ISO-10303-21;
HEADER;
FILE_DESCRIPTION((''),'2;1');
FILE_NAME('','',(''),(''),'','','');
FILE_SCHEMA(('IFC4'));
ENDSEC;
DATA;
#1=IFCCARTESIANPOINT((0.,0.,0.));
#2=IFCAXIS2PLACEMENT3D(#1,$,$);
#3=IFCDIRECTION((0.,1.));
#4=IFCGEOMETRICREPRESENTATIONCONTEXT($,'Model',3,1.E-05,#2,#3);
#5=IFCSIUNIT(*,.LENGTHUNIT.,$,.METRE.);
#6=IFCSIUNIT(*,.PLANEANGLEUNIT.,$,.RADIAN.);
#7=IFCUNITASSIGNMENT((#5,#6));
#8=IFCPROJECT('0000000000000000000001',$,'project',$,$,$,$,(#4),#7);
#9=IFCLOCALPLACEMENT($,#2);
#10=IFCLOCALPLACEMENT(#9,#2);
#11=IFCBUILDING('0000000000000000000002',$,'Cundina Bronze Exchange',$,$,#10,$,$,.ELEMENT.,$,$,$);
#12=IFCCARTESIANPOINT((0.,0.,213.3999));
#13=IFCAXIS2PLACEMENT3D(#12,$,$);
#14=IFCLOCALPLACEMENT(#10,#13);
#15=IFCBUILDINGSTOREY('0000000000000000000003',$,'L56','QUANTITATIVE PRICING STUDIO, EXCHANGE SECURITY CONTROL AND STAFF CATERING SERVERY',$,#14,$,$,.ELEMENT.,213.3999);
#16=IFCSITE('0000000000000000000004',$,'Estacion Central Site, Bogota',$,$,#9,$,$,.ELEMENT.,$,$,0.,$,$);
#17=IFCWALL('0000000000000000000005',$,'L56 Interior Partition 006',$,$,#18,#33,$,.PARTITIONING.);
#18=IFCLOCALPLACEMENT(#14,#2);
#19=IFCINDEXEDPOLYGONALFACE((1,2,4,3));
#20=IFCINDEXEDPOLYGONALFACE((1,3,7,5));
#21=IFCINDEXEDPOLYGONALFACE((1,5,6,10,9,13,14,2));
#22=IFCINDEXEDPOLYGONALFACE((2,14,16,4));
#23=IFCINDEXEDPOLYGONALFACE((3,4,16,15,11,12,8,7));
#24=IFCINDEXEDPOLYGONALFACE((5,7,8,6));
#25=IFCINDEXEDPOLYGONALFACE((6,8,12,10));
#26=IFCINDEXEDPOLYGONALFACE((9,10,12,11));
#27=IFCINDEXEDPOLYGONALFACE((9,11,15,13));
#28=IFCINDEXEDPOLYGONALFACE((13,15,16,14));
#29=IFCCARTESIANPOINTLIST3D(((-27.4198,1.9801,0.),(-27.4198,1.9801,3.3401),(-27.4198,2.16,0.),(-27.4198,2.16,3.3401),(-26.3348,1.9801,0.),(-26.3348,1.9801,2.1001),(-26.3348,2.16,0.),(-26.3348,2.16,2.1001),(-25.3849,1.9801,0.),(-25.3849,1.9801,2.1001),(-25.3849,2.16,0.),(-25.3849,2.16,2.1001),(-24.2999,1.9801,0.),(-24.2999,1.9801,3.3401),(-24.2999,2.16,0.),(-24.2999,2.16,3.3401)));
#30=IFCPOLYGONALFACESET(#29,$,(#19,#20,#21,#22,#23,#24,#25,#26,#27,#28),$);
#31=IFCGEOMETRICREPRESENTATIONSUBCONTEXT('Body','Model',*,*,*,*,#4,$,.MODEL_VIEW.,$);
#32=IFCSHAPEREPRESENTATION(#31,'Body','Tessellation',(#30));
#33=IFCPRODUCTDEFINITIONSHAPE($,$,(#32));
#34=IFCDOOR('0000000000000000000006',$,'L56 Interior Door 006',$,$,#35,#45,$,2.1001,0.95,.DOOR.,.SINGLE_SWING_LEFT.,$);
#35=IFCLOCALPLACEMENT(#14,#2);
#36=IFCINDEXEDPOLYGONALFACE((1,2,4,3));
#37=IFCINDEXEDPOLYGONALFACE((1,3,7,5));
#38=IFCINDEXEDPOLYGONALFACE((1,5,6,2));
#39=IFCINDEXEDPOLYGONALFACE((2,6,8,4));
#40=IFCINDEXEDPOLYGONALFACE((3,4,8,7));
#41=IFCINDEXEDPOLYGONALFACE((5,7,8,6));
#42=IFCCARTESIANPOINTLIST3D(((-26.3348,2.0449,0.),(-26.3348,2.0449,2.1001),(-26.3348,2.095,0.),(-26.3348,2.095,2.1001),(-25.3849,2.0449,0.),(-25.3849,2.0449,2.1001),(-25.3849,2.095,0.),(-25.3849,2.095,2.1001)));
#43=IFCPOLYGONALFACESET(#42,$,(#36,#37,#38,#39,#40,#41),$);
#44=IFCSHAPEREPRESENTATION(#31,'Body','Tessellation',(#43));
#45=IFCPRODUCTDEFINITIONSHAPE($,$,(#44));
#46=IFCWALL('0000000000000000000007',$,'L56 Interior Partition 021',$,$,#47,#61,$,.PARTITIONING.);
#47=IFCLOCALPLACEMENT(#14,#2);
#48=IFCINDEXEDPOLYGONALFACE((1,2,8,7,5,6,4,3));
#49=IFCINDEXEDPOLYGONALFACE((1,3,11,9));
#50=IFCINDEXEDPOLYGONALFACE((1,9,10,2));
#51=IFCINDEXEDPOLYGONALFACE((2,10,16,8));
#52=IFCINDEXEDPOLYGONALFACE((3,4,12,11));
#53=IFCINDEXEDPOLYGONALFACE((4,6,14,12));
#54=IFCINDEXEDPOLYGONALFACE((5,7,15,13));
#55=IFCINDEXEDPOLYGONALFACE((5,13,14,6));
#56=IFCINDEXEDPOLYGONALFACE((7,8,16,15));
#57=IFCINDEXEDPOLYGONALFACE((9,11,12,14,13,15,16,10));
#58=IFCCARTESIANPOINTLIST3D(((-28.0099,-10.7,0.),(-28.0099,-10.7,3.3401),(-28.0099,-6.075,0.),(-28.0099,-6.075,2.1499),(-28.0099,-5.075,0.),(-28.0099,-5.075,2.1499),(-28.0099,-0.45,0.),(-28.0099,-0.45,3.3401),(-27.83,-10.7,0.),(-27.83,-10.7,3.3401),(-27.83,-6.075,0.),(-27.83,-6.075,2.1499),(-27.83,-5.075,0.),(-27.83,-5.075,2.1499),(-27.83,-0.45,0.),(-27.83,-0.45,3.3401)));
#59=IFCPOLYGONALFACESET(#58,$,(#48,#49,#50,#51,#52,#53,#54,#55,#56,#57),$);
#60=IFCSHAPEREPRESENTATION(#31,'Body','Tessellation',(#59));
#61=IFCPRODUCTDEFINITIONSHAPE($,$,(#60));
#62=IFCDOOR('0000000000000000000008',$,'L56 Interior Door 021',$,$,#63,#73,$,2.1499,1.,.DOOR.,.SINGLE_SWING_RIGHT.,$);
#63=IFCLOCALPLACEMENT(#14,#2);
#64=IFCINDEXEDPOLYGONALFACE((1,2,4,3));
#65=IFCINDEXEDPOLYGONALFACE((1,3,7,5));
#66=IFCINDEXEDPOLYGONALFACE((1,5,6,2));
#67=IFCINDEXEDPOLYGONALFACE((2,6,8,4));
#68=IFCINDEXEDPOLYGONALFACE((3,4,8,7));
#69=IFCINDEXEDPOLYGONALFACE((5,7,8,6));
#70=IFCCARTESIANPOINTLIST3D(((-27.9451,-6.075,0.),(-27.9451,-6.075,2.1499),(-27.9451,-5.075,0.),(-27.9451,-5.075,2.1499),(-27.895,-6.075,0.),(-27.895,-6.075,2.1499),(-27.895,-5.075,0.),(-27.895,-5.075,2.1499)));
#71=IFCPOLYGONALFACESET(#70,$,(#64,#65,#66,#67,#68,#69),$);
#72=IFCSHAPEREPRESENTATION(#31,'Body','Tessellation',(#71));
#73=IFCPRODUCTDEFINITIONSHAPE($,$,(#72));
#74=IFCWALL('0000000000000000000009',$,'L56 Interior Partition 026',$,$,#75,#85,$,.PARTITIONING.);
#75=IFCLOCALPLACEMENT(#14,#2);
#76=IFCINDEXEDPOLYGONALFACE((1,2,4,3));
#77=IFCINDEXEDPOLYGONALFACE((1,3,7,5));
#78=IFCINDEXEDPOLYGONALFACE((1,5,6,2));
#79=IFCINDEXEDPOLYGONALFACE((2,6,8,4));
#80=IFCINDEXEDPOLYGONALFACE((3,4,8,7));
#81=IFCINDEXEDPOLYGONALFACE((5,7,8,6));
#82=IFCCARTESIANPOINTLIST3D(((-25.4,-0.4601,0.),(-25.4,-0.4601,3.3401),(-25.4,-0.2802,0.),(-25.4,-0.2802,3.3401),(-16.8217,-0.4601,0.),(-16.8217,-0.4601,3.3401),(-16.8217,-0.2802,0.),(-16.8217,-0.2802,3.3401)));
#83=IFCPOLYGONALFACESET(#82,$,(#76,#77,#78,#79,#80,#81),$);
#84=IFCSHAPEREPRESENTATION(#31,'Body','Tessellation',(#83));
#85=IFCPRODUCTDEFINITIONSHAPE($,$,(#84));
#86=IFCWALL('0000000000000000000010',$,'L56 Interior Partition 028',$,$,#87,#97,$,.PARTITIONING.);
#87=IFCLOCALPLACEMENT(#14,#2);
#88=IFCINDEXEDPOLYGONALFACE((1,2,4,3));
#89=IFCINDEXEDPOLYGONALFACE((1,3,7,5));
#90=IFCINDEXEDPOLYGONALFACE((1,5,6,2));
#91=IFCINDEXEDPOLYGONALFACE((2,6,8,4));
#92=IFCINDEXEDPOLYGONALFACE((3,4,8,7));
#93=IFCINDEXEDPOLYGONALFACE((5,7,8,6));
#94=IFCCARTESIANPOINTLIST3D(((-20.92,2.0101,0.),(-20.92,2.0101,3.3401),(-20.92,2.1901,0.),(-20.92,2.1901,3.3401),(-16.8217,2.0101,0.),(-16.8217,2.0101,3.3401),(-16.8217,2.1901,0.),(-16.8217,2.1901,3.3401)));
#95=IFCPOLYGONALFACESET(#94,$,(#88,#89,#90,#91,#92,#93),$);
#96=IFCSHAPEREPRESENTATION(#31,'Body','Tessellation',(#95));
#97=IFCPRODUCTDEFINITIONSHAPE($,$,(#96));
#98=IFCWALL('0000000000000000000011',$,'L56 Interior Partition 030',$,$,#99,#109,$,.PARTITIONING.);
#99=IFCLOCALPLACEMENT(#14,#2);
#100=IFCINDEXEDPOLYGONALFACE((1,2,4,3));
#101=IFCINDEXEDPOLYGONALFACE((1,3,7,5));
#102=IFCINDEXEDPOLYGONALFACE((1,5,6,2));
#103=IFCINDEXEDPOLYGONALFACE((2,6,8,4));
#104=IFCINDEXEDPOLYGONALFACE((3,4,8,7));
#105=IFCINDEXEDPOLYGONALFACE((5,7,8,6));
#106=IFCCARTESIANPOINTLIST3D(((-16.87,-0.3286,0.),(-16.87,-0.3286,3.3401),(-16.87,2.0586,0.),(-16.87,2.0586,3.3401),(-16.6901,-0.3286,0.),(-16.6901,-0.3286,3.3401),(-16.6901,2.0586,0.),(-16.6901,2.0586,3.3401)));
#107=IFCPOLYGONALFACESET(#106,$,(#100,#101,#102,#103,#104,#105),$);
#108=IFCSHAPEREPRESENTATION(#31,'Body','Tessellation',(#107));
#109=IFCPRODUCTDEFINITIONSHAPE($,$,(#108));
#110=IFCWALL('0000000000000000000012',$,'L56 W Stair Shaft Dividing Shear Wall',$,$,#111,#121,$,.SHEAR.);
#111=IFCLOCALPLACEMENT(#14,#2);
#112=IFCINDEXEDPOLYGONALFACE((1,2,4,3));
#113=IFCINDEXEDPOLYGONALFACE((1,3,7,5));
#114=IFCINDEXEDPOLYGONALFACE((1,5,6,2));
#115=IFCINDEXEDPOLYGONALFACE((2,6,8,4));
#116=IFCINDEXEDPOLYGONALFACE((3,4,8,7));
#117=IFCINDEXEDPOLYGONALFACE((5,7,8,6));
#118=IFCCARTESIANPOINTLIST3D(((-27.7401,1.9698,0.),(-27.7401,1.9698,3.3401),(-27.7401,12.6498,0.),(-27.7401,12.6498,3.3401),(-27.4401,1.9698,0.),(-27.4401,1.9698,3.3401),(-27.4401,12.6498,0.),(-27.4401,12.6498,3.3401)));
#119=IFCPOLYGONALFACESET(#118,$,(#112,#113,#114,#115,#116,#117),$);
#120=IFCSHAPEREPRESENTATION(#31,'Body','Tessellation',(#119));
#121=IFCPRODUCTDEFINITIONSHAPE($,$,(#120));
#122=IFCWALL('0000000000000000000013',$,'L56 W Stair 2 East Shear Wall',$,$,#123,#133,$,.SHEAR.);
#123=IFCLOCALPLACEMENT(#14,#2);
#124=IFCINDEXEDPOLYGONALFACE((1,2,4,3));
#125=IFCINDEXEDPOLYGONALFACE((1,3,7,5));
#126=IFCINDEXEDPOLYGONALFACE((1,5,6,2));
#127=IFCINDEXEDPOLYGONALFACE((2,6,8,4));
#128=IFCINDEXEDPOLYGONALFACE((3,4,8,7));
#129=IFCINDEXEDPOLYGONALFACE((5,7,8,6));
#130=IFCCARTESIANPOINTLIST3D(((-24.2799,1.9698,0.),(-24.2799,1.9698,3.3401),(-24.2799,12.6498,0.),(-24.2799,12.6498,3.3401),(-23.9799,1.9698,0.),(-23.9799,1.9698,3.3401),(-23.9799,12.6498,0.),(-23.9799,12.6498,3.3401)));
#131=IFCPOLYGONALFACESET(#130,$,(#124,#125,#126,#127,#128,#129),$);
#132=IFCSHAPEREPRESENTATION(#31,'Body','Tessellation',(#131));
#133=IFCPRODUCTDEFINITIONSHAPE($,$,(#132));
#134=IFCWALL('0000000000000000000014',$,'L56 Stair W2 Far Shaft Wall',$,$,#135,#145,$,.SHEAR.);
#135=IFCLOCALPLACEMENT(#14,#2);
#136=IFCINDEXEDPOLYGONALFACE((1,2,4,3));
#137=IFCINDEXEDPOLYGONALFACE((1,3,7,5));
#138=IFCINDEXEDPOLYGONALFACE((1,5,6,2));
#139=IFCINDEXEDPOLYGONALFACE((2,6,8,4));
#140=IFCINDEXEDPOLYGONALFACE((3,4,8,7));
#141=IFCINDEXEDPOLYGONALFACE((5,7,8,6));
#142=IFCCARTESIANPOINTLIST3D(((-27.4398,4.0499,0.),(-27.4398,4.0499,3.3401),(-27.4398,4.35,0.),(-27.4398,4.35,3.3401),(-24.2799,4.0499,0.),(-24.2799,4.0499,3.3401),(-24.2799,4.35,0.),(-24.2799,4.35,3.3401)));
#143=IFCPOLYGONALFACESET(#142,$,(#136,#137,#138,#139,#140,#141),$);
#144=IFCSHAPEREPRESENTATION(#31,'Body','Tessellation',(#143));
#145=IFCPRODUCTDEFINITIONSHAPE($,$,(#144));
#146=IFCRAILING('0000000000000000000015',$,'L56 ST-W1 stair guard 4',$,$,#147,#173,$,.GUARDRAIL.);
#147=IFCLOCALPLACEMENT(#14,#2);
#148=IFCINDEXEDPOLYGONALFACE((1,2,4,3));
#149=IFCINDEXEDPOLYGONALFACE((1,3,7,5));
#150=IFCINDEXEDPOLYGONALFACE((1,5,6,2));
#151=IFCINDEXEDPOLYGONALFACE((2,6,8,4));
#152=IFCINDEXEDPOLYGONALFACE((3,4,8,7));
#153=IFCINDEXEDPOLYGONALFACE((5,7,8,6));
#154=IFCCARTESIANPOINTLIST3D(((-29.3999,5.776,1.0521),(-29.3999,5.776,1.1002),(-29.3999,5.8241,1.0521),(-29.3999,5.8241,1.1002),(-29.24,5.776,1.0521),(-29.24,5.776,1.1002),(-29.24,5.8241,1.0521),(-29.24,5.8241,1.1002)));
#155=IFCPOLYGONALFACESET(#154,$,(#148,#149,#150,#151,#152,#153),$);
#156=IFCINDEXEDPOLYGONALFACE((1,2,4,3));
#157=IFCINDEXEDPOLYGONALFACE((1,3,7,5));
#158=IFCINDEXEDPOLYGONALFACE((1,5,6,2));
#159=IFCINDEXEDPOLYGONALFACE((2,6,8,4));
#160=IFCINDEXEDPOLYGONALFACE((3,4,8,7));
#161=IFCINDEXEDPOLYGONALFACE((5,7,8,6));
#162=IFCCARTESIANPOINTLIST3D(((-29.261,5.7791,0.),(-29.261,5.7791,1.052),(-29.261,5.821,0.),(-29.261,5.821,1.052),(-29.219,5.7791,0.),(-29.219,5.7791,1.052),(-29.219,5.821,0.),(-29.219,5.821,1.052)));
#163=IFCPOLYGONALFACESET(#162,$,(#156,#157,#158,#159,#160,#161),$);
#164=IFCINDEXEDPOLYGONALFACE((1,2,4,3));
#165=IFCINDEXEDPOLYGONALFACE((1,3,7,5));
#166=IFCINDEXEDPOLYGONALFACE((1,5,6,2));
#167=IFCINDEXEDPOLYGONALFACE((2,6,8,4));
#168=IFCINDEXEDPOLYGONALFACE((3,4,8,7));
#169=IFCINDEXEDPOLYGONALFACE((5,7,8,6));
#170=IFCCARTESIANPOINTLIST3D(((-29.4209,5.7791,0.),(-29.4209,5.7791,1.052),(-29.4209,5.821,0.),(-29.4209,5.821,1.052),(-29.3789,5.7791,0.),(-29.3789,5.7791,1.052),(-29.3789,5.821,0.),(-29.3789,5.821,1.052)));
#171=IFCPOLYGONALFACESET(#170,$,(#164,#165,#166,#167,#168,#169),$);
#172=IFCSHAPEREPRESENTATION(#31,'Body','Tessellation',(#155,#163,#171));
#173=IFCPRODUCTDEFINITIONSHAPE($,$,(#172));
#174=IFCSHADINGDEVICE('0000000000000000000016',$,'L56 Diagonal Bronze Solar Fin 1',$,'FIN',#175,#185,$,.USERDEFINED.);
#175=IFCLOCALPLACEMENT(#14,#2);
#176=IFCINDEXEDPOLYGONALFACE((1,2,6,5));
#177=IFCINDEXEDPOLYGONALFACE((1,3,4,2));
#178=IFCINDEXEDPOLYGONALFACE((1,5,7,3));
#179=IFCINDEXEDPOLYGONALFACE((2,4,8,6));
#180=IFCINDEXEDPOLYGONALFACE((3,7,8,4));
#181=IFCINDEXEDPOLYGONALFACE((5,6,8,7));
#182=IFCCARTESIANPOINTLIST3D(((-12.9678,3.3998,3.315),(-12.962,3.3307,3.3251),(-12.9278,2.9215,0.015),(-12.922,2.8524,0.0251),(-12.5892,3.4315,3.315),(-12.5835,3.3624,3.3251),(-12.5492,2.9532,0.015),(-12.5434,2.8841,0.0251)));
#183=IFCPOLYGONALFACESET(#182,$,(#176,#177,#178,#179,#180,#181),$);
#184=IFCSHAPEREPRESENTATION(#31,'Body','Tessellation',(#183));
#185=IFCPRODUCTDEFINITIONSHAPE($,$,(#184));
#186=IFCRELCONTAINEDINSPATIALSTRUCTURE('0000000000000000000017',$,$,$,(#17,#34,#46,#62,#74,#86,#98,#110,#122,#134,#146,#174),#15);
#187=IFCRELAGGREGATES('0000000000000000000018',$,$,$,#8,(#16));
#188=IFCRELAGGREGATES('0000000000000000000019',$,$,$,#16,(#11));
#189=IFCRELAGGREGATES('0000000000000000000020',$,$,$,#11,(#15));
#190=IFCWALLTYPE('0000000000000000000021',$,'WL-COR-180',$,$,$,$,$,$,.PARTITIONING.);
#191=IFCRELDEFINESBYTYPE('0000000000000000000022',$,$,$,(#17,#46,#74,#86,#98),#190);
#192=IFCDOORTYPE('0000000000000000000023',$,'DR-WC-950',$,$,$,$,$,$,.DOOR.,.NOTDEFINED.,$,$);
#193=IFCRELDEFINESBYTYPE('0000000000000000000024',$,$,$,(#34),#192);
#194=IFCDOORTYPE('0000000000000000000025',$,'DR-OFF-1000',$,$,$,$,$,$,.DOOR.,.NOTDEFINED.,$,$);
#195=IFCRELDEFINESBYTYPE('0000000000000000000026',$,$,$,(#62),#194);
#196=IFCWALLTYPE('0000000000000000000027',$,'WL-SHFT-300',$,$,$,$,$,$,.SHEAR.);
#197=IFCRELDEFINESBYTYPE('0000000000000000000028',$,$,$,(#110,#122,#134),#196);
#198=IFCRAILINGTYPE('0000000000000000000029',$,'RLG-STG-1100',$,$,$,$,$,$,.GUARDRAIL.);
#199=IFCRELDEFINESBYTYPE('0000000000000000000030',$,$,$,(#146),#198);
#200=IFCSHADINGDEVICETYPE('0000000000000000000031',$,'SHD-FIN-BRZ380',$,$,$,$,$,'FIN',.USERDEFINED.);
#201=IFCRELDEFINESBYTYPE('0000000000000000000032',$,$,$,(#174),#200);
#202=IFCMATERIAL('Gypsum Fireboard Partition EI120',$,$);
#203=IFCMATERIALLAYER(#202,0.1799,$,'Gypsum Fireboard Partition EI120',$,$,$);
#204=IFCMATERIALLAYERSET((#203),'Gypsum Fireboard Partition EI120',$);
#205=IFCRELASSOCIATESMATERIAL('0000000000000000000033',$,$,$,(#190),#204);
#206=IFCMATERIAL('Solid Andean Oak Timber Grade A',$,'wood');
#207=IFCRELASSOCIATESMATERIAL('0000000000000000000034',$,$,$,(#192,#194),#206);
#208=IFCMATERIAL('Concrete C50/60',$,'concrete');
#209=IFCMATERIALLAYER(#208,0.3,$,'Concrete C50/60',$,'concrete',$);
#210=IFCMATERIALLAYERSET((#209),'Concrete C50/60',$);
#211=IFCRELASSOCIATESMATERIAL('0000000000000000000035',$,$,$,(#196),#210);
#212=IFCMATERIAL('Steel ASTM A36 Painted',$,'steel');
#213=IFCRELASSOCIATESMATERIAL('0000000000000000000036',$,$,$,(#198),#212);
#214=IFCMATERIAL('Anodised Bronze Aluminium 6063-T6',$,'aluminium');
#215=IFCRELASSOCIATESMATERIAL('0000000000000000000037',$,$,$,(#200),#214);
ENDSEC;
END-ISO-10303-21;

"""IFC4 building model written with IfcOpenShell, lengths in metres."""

from ifc_helpers import new_model, si_unit, direction, frame, frame_2d, origin, origin_2d, place, context, subcontext, project, spatial, rectangle, extrude, material, layer, layer_set, material_profile, profile_set, type_object, element, fill, save


model = new_model("IFC4")

# Units and contexts
model_context = context("Model", 3, precision=1e-05, world=origin(), true_north=direction((0.0, 1.0)))
body_context = subcontext(model_context, "Body", "Model", "MODEL_VIEW")
ifc_project = project(units=[si_unit("LENGTHUNIT", "METRE"), si_unit("PLANEANGLEUNIT", "RADIAN")], contexts=[model_context])

# Site, building, storey
site_placement = place(None, origin())
site = spatial("IfcSite", under=ifc_project, at=site_placement, Name="Estacion Central Site, Bogota", CompositionType="ELEMENT", RefElevation=0.0)
building_placement = place(site_placement, origin())
building = spatial("IfcBuilding", under=site, at=building_placement, Name="Cundina Bronze Exchange", CompositionType="ELEMENT")
storey_placement = place(building_placement, frame((0.0, 0.0, 213.3999)))
storey = spatial("IfcBuildingStorey", under=building, at=storey_placement, Name="L56", Description="QUANTITATIVE PRICING STUDIO, EXCHANGE SECURITY CONTROL AND STAFF CATERING SERVERY", CompositionType="ELEMENT", Elevation=213.3999)

# Shared definitions
ifc_material_1 = material(Name="Concrete C50/60", Category="concrete")

# Shared definitions
ifc_material_2 = material(Name="Anodised Bronze Aluminium 6063-T6", Category="aluminium")

# Shared definitions
ifc_material_3 = material(Name="Gypsum Fireboard Partition EI120")
ifc_layer_1 = layer(ifc_material_3, 0.1799, Name="Gypsum Fireboard Partition EI120")
ifc_layer_set_1 = layer_set([ifc_layer_1], Name="Gypsum Fireboard Partition EI120")
wall_type_1 = type_object("IfcWallType", Name="WL-COR-180", PredefinedType="PARTITIONING", material=ifc_layer_set_1)

# Walls, openings, doors
ifc_material_4 = material(Name="Steel ASTM A36 Painted", Category="steel")
wall_1_placement = place(storey_placement, frame((-27.4199, 2.0701, 0.0), z_axis=(0.0, 0.0, 1.0), x_axis=(1.0, 0.0, 0.0)))
wall_1 = element("IfcWall", 1, at=wall_1_placement, inside=storey, type_object=wall_type_1, Name="L56 Interior Partition 006", PredefinedType="PARTITIONING", context=body_context, shape_type="SweptSolid", body=[
    extrude(rectangle(XDim=3.1199, YDim=0.1799, at=frame_2d((1.5601, 0.0))), origin(), (0.0, 0.0, 1.0), 3.3401),
])
opening_1_placement = place(wall_1_placement, frame((1.085, 0.0, 0.0)))
opening_1 = element("IfcOpeningElement", 2, at=opening_1_placement, cuts=wall_1, PredefinedType="OPENING", context=body_context, shape_type="SweptSolid", body=[
    extrude(rectangle(XDim=0.95, YDim=2.1001, at=frame_2d((0.4751, 1.05))), frame((0.0, 0.0999, 0.0), z_axis=(0.0, -1.0, 0.0), x_axis=(1.0, 0.0, 0.0)), (0.0, 0.0, 1.0), 0.2),
])
ifc_material_5 = material(Name="Solid Andean Oak Timber Grade A", Category="wood")
door_type_1 = type_object("IfcDoorType", Name="DR-WC-950", OperationType="NOTDEFINED", PredefinedType="DOOR", material=ifc_material_5)
door_1_placement = place(opening_1_placement, origin())
door_1 = element("IfcDoor", 3, at=door_1_placement, inside=storey, type_object=door_type_1, Name="L56 Interior Door 006", OperationType="SINGLE_SWING_LEFT", OverallHeight=2.1001, OverallWidth=0.95, PredefinedType="DOOR", context=body_context, shape_type="SweptSolid", body=[
    extrude(rectangle(XDim=0.95, YDim=2.1001, at=frame_2d((0.4751, 1.05))), frame((0.0, 0.0249, 0.0), z_axis=(0.0, -1.0, 0.0), x_axis=(1.0, 0.0, 0.0)), (0.0, 0.0, 1.0), 0.05),
])
fill(opening_1, door_1)
wall_2_placement = place(storey_placement, frame((-27.9199, -0.45, 0.0), z_axis=(0.0, 0.0, 1.0), x_axis=(0.0, -1.0, 0.0)))
wall_2 = element("IfcWall", 4, at=wall_2_placement, inside=storey, type_object=wall_type_1, Name="L56 Interior Partition 021", PredefinedType="PARTITIONING", context=body_context, shape_type="SweptSolid", body=[
    extrude(rectangle(XDim=10.25, YDim=0.1799, at=frame_2d((5.125, 0.0))), origin(), (0.0, 0.0, 1.0), 3.3401),
])
opening_2_placement = place(wall_2_placement, frame((4.625, 0.0, 0.0)))
opening_2 = element("IfcOpeningElement", 5, at=opening_2_placement, cuts=wall_2, PredefinedType="OPENING", context=body_context, shape_type="SweptSolid", body=[
    extrude(rectangle(XDim=1.0, YDim=2.1499, at=frame_2d((0.5, 1.075))), frame((0.0, 0.0999, 0.0), z_axis=(0.0, -1.0, 0.0), x_axis=(1.0, 0.0, 0.0)), (0.0, 0.0, 1.0), 0.2),
])
door_type_2 = type_object("IfcDoorType", Name="DR-OFF-1000", OperationType="NOTDEFINED", PredefinedType="DOOR", material=ifc_material_5)
door_2_placement = place(opening_2_placement, origin())
door_2 = element("IfcDoor", 6, at=door_2_placement, inside=storey, type_object=door_type_2, Name="L56 Interior Door 021", OperationType="SINGLE_SWING_RIGHT", OverallHeight=2.1499, OverallWidth=1.0, PredefinedType="DOOR", context=body_context, shape_type="SweptSolid", body=[
    extrude(rectangle(XDim=1.0, YDim=2.1499, at=frame_2d((0.5, 1.075))), frame((0.0, 0.0249, 0.0), z_axis=(0.0, -1.0, 0.0), x_axis=(1.0, 0.0, 0.0)), (0.0, 0.0, 1.0), 0.05),
])
fill(opening_2, door_2)

# Walls
wall_3_placement = place(storey_placement, frame((-25.3999, -0.3701, 0.0), z_axis=(0.0, 0.0, 1.0), x_axis=(1.0, 0.0, 0.0)))
element("IfcWall", 7, at=wall_3_placement, inside=storey, type_object=wall_type_1, Name="L56 Interior Partition 026", PredefinedType="PARTITIONING", context=body_context, shape_type="SweptSolid", body=[
    extrude(rectangle(XDim=8.5784, YDim=0.1799, at=frame_2d((4.2891, 0.0))), origin(), (0.0, 0.0, 1.0), 3.3401),
])
wall_4_placement = place(storey_placement, frame((-16.8215, 2.1001, 0.0), z_axis=(0.0, 0.0, 1.0), x_axis=(-1.0, 0.0, 0.0)))
element("IfcWall", 8, at=wall_4_placement, inside=storey, type_object=wall_type_1, Name="L56 Interior Partition 028", PredefinedType="PARTITIONING", context=body_context, shape_type="SweptSolid", body=[
    extrude(rectangle(XDim=4.0984, YDim=0.1799, at=frame_2d((2.0493, 0.0))), origin(), (0.0, 0.0, 1.0), 3.3401),
])
wall_5_placement = place(storey_placement, frame((-16.78, -0.3286, 0.0), z_axis=(0.0, 0.0, 1.0), x_axis=(0.0, 1.0, 0.0)))
element("IfcWall", 9, at=wall_5_placement, inside=storey, type_object=wall_type_1, Name="L56 Interior Partition 030", PredefinedType="PARTITIONING", context=body_context, shape_type="SweptSolid", body=[
    extrude(rectangle(XDim=2.3872, YDim=0.1799, at=frame_2d((1.1936, 0.0))), origin(), (0.0, 0.0, 1.0), 3.3401),
])
ifc_layer_2 = layer(ifc_material_1, 0.3, Name="Concrete C50/60", Category="concrete")
ifc_layer_set_2 = layer_set([ifc_layer_2], Name="Concrete C50/60")
wall_type_2 = type_object("IfcWallType", Name="WL-SHFT-300", PredefinedType="SHEAR", material=ifc_layer_set_2)
for number, where, z_axis, x_axis, name in (
    (10, (-27.5901, 1.97, 0.0), (0.0, 0.0, 1.0), (0.0, 1.0, 0.0), "L56 W Stair Shaft Dividing Shear Wall"),
    (11, (-24.1299, 1.97, 0.0), (0.0, 0.0, 1.0), (0.0, 1.0, 0.0), "L56 W Stair 2 East Shear Wall"),
):
    element("IfcWall", number, at=place(storey_placement, frame(where, z_axis=z_axis, x_axis=x_axis)), inside=storey, type_object=wall_type_2, Name=name, PredefinedType="SHEAR", context=body_context, shape_type="SweptSolid", body=[
        extrude(rectangle(XDim=10.6799, YDim=0.3, at=frame_2d((5.3398, 0.0))), origin(), (0.0, 0.0, 1.0), 3.3401),
    ])
wall_6_placement = place(storey_placement, frame((-27.4399, 4.2, 0.0), z_axis=(0.0, 0.0, 1.0), x_axis=(1.0, 0.0, 0.0)))
element("IfcWall", 12, at=wall_6_placement, inside=storey, type_object=wall_type_2, Name="L56 Stair W2 Far Shaft Wall", PredefinedType="SHEAR", context=body_context, shape_type="SweptSolid", body=[
    extrude(rectangle(XDim=3.1599, YDim=0.3, at=frame_2d((1.5801, 0.0))), origin(), (0.0, 0.0, 1.0), 3.3401),
])

# Railing
railing_type = type_object("IfcRailingType", Name="RLG-STG-1100", PredefinedType="GUARDRAIL", material=ifc_material_4)
railing_placement = place(storey_placement, frame((-29.24, 5.8, 0.0)))
element("IfcRailing", 13, at=railing_placement, inside=storey, type_object=railing_type, Name="L56 ST-W1 stair guard 4", PredefinedType="GUARDRAIL", context=body_context, shape_type="SweptSolid", body=[
    extrude(rectangle(XDim=0.0481, YDim=0.0481, at=origin_2d()), frame((0.0, 0.0, 1.0762), z_axis=(-1.0, 0.0, 0.0), x_axis=(0.0, -1.0, 0.0)), (0.0, 0.0, 1.0), 0.1599),
    extrude(rectangle(XDim=0.042, YDim=0.042, at=origin_2d()), origin(), (0.0, 0.0, 1.0), 1.052),
    extrude(rectangle(XDim=0.042, YDim=0.042, at=origin_2d()), frame((-0.1599, 0.0, 0.0)), (0.0, 0.0, 1.0), 1.052),
])

# Shading device
ifc_material_profile_1 = material_profile(ifc_material_2, rectangle(XDim=0.0701, YDim=0.3799, at=origin_2d()), Name="FIN70X380", Category="aluminium")
ifc_profile_set_1 = profile_set([ifc_material_profile_1], Name="Anodised Bronze Aluminium 6063-T6")
shading_device_type = type_object("IfcShadingDeviceType", Name="SHD-FIN-BRZ380", ElementType="FIN", PredefinedType="USERDEFINED", material=ifc_profile_set_1)
shading_device_placement = place(storey_placement, frame((-12.7356, 2.9028, 0.02), z_axis=(-0.012007, 0.14342, 0.989589), x_axis=(0.082556, -0.98614, 0.143921)))
element("IfcShadingDevice", 14, at=shading_device_placement, inside=storey, type_object=shading_device_type, Name="L56 Diagonal Bronze Solar Fin 1", ObjectType="FIN", PredefinedType="USERDEFINED", context=body_context, shape_type="SweptSolid", body=[
    extrude(rectangle(XDim=0.0701, YDim=0.3799, at=origin_2d()), origin(), (0.0, 0.0, 1.0), 3.3347),
])

save(model, "model.ifc")
